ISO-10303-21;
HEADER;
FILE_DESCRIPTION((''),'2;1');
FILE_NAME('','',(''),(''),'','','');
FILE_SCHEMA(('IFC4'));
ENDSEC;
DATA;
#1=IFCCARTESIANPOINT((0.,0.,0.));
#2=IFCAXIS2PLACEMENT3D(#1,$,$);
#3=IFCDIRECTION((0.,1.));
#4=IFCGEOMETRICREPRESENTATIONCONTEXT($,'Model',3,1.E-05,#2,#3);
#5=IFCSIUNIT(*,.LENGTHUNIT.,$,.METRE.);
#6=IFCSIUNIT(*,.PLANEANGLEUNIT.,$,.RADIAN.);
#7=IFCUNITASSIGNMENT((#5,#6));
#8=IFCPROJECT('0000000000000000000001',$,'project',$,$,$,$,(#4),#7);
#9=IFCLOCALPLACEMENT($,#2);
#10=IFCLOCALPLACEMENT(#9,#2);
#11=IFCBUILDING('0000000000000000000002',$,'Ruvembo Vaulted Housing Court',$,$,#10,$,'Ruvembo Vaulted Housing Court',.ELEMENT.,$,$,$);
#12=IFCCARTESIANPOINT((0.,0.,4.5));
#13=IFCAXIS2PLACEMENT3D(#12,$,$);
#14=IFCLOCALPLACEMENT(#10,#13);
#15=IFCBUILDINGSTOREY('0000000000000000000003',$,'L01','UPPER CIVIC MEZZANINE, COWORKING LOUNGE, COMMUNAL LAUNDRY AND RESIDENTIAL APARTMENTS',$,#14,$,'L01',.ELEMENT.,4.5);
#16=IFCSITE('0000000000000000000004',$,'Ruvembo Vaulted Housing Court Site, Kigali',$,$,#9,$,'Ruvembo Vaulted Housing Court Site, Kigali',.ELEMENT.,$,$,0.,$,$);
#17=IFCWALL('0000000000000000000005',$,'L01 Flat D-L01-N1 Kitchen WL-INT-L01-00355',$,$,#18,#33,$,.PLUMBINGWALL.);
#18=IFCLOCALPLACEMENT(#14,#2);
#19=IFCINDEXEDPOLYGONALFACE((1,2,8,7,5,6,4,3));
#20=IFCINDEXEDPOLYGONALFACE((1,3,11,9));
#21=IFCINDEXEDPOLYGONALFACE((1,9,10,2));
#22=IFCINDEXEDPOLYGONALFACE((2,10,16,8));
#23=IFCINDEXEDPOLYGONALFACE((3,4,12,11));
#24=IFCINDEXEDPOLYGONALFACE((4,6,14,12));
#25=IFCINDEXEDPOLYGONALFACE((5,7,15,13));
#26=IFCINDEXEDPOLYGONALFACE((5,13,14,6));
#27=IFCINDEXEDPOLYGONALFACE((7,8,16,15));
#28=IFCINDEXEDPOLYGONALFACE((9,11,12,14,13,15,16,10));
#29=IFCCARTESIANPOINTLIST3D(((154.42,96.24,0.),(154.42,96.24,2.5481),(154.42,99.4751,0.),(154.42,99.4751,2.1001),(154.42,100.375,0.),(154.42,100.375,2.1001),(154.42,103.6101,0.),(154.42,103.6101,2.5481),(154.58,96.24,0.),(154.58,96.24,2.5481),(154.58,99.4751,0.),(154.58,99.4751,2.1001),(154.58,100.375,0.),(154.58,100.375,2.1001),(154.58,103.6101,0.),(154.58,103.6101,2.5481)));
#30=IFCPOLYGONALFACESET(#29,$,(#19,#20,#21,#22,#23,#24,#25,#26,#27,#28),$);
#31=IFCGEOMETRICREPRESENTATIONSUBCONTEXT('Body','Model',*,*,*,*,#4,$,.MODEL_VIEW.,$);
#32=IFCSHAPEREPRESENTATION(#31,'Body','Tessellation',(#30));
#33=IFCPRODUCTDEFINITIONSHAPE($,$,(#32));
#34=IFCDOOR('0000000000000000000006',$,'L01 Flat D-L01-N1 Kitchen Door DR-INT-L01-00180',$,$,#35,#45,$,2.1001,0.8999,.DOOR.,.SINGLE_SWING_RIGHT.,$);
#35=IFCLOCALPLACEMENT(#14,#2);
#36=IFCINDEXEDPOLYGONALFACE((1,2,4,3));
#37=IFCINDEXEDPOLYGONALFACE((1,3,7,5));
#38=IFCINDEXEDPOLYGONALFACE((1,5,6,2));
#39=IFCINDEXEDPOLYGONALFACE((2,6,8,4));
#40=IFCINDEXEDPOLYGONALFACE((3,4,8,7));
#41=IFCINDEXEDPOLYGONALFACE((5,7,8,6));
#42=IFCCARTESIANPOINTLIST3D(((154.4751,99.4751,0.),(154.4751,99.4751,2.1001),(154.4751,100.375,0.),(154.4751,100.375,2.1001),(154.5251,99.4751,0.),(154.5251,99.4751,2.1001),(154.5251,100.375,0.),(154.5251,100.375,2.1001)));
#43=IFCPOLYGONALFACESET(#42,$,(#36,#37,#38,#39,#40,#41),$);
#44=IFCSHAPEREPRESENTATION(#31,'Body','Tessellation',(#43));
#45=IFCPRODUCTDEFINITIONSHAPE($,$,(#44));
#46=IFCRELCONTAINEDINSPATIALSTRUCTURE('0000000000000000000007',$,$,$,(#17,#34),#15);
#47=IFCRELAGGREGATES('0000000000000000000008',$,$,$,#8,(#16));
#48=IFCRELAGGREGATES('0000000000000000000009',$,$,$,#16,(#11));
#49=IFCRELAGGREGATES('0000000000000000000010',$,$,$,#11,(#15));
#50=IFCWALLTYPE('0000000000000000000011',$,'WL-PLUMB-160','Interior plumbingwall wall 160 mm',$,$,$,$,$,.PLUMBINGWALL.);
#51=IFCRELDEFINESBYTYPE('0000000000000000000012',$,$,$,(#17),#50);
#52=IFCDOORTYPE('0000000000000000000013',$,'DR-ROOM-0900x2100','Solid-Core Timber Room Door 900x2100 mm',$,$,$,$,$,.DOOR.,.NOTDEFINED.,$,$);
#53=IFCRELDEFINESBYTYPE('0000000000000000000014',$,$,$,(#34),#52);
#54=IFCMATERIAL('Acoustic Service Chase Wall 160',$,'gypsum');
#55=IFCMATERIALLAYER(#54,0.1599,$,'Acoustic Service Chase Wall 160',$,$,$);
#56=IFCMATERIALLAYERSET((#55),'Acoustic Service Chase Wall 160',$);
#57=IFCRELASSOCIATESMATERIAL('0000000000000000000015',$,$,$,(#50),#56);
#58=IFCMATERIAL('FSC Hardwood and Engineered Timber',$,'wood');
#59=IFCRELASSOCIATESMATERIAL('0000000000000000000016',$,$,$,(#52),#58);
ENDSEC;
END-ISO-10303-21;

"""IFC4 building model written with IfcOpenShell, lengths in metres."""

from ifc_helpers import new_model, si_unit, direction, frame, frame_2d, origin, place, context, subcontext, project, spatial, rectangle, extrude, material, layer, layer_set, type_object, element, fill, save


model = new_model("IFC4")

# Units and contexts
model_context = context("Model", 3, precision=1e-05, world=origin(), true_north=direction((0.0, 1.0)))
body_context = subcontext(model_context, "Body", "Model", "MODEL_VIEW")
ifc_project = project(units=[si_unit("LENGTHUNIT", "METRE"), si_unit("PLANEANGLEUNIT", "RADIAN")], contexts=[model_context])

# Site, building, storey
site_placement = place(None, origin())
site = spatial("IfcSite", under=ifc_project, at=site_placement, Name="Ruvembo Vaulted Housing Court Site, Kigali", LongName="Ruvembo Vaulted Housing Court Site, Kigali", CompositionType="ELEMENT", RefElevation=0.0)
building_placement = place(site_placement, origin())
building = spatial("IfcBuilding", under=site, at=building_placement, Name="Ruvembo Vaulted Housing Court", LongName="Ruvembo Vaulted Housing Court", CompositionType="ELEMENT")
storey_placement = place(building_placement, frame((0.0, 0.0, 4.5)))
storey = spatial("IfcBuildingStorey", under=building, at=storey_placement, Name="L01", Description="UPPER CIVIC MEZZANINE, COWORKING LOUNGE, COMMUNAL LAUNDRY AND RESIDENTIAL APARTMENTS", LongName="L01", CompositionType="ELEMENT", Elevation=4.5)

# Shared definitions
ifc_material_1 = material(Name="FSC Hardwood and Engineered Timber", Category="wood")

# Wall, opening, door
ifc_material_2 = material(Name="Acoustic Service Chase Wall 160", Category="gypsum")
ifc_layer_1 = layer(ifc_material_2, 0.1599, Name="Acoustic Service Chase Wall 160")
ifc_layer_set_1 = layer_set([ifc_layer_1], Name="Acoustic Service Chase Wall 160")
wall_type_1 = type_object("IfcWallType", Name="WL-PLUMB-160", Description="Interior plumbingwall wall 160 mm", PredefinedType="PLUMBINGWALL", material=ifc_layer_set_1)
wall_1_placement = place(storey_placement, frame((154.5, 96.24, 0.0), z_axis=(0.0, 0.0, 1.0), x_axis=(0.0, 1.0, 0.0)))
wall_1 = element("IfcWall", 1, at=wall_1_placement, inside=storey, type_object=wall_type_1, Name="L01 Flat D-L01-N1 Kitchen WL-INT-L01-00355", PredefinedType="PLUMBINGWALL", context=body_context, shape_type="SweptSolid", body=[
    extrude(rectangle(XDim=7.3701, YDim=0.1599, at=frame_2d((3.6851, 0.0))), origin(), (0.0, 0.0, 1.0), 2.5481),
])
opening_1_placement = place(wall_1_placement, frame((3.2351, 0.0, 0.0)))
opening_1 = element("IfcOpeningElement", 2, at=opening_1_placement, cuts=wall_1, PredefinedType="OPENING", context=body_context, shape_type="SweptSolid", body=[
    extrude(rectangle(XDim=0.8999, YDim=2.1001, at=frame_2d((0.45, 1.05))), frame((0.0, 0.0898, 0.0), z_axis=(0.0, -1.0, 0.0), x_axis=(1.0, 0.0, 0.0)), (0.0, 0.0, 1.0), 0.1799),
])
door_type_1 = type_object("IfcDoorType", Name="DR-ROOM-0900x2100", Description="Solid-Core Timber Room Door 900x2100 mm", OperationType="NOTDEFINED", PredefinedType="DOOR", material=ifc_material_1)
door_1_placement = place(opening_1_placement, origin())
door_1 = element("IfcDoor", 3, at=door_1_placement, inside=storey, type_object=door_type_1, Name="L01 Flat D-L01-N1 Kitchen Door DR-INT-L01-00180", OperationType="SINGLE_SWING_RIGHT", OverallHeight=2.1001, OverallWidth=0.8999, PredefinedType="DOOR", context=body_context, shape_type="SweptSolid", body=[
    extrude(rectangle(XDim=0.8999, YDim=2.1001, at=frame_2d((0.45, 1.05))), frame((0.0, 0.0249, 0.0), z_axis=(0.0, -1.0, 0.0), x_axis=(1.0, 0.0, 0.0)), (0.0, 0.0, 1.0), 0.05),
])
fill(opening_1, door_1)

save(model, "model.ifc")
